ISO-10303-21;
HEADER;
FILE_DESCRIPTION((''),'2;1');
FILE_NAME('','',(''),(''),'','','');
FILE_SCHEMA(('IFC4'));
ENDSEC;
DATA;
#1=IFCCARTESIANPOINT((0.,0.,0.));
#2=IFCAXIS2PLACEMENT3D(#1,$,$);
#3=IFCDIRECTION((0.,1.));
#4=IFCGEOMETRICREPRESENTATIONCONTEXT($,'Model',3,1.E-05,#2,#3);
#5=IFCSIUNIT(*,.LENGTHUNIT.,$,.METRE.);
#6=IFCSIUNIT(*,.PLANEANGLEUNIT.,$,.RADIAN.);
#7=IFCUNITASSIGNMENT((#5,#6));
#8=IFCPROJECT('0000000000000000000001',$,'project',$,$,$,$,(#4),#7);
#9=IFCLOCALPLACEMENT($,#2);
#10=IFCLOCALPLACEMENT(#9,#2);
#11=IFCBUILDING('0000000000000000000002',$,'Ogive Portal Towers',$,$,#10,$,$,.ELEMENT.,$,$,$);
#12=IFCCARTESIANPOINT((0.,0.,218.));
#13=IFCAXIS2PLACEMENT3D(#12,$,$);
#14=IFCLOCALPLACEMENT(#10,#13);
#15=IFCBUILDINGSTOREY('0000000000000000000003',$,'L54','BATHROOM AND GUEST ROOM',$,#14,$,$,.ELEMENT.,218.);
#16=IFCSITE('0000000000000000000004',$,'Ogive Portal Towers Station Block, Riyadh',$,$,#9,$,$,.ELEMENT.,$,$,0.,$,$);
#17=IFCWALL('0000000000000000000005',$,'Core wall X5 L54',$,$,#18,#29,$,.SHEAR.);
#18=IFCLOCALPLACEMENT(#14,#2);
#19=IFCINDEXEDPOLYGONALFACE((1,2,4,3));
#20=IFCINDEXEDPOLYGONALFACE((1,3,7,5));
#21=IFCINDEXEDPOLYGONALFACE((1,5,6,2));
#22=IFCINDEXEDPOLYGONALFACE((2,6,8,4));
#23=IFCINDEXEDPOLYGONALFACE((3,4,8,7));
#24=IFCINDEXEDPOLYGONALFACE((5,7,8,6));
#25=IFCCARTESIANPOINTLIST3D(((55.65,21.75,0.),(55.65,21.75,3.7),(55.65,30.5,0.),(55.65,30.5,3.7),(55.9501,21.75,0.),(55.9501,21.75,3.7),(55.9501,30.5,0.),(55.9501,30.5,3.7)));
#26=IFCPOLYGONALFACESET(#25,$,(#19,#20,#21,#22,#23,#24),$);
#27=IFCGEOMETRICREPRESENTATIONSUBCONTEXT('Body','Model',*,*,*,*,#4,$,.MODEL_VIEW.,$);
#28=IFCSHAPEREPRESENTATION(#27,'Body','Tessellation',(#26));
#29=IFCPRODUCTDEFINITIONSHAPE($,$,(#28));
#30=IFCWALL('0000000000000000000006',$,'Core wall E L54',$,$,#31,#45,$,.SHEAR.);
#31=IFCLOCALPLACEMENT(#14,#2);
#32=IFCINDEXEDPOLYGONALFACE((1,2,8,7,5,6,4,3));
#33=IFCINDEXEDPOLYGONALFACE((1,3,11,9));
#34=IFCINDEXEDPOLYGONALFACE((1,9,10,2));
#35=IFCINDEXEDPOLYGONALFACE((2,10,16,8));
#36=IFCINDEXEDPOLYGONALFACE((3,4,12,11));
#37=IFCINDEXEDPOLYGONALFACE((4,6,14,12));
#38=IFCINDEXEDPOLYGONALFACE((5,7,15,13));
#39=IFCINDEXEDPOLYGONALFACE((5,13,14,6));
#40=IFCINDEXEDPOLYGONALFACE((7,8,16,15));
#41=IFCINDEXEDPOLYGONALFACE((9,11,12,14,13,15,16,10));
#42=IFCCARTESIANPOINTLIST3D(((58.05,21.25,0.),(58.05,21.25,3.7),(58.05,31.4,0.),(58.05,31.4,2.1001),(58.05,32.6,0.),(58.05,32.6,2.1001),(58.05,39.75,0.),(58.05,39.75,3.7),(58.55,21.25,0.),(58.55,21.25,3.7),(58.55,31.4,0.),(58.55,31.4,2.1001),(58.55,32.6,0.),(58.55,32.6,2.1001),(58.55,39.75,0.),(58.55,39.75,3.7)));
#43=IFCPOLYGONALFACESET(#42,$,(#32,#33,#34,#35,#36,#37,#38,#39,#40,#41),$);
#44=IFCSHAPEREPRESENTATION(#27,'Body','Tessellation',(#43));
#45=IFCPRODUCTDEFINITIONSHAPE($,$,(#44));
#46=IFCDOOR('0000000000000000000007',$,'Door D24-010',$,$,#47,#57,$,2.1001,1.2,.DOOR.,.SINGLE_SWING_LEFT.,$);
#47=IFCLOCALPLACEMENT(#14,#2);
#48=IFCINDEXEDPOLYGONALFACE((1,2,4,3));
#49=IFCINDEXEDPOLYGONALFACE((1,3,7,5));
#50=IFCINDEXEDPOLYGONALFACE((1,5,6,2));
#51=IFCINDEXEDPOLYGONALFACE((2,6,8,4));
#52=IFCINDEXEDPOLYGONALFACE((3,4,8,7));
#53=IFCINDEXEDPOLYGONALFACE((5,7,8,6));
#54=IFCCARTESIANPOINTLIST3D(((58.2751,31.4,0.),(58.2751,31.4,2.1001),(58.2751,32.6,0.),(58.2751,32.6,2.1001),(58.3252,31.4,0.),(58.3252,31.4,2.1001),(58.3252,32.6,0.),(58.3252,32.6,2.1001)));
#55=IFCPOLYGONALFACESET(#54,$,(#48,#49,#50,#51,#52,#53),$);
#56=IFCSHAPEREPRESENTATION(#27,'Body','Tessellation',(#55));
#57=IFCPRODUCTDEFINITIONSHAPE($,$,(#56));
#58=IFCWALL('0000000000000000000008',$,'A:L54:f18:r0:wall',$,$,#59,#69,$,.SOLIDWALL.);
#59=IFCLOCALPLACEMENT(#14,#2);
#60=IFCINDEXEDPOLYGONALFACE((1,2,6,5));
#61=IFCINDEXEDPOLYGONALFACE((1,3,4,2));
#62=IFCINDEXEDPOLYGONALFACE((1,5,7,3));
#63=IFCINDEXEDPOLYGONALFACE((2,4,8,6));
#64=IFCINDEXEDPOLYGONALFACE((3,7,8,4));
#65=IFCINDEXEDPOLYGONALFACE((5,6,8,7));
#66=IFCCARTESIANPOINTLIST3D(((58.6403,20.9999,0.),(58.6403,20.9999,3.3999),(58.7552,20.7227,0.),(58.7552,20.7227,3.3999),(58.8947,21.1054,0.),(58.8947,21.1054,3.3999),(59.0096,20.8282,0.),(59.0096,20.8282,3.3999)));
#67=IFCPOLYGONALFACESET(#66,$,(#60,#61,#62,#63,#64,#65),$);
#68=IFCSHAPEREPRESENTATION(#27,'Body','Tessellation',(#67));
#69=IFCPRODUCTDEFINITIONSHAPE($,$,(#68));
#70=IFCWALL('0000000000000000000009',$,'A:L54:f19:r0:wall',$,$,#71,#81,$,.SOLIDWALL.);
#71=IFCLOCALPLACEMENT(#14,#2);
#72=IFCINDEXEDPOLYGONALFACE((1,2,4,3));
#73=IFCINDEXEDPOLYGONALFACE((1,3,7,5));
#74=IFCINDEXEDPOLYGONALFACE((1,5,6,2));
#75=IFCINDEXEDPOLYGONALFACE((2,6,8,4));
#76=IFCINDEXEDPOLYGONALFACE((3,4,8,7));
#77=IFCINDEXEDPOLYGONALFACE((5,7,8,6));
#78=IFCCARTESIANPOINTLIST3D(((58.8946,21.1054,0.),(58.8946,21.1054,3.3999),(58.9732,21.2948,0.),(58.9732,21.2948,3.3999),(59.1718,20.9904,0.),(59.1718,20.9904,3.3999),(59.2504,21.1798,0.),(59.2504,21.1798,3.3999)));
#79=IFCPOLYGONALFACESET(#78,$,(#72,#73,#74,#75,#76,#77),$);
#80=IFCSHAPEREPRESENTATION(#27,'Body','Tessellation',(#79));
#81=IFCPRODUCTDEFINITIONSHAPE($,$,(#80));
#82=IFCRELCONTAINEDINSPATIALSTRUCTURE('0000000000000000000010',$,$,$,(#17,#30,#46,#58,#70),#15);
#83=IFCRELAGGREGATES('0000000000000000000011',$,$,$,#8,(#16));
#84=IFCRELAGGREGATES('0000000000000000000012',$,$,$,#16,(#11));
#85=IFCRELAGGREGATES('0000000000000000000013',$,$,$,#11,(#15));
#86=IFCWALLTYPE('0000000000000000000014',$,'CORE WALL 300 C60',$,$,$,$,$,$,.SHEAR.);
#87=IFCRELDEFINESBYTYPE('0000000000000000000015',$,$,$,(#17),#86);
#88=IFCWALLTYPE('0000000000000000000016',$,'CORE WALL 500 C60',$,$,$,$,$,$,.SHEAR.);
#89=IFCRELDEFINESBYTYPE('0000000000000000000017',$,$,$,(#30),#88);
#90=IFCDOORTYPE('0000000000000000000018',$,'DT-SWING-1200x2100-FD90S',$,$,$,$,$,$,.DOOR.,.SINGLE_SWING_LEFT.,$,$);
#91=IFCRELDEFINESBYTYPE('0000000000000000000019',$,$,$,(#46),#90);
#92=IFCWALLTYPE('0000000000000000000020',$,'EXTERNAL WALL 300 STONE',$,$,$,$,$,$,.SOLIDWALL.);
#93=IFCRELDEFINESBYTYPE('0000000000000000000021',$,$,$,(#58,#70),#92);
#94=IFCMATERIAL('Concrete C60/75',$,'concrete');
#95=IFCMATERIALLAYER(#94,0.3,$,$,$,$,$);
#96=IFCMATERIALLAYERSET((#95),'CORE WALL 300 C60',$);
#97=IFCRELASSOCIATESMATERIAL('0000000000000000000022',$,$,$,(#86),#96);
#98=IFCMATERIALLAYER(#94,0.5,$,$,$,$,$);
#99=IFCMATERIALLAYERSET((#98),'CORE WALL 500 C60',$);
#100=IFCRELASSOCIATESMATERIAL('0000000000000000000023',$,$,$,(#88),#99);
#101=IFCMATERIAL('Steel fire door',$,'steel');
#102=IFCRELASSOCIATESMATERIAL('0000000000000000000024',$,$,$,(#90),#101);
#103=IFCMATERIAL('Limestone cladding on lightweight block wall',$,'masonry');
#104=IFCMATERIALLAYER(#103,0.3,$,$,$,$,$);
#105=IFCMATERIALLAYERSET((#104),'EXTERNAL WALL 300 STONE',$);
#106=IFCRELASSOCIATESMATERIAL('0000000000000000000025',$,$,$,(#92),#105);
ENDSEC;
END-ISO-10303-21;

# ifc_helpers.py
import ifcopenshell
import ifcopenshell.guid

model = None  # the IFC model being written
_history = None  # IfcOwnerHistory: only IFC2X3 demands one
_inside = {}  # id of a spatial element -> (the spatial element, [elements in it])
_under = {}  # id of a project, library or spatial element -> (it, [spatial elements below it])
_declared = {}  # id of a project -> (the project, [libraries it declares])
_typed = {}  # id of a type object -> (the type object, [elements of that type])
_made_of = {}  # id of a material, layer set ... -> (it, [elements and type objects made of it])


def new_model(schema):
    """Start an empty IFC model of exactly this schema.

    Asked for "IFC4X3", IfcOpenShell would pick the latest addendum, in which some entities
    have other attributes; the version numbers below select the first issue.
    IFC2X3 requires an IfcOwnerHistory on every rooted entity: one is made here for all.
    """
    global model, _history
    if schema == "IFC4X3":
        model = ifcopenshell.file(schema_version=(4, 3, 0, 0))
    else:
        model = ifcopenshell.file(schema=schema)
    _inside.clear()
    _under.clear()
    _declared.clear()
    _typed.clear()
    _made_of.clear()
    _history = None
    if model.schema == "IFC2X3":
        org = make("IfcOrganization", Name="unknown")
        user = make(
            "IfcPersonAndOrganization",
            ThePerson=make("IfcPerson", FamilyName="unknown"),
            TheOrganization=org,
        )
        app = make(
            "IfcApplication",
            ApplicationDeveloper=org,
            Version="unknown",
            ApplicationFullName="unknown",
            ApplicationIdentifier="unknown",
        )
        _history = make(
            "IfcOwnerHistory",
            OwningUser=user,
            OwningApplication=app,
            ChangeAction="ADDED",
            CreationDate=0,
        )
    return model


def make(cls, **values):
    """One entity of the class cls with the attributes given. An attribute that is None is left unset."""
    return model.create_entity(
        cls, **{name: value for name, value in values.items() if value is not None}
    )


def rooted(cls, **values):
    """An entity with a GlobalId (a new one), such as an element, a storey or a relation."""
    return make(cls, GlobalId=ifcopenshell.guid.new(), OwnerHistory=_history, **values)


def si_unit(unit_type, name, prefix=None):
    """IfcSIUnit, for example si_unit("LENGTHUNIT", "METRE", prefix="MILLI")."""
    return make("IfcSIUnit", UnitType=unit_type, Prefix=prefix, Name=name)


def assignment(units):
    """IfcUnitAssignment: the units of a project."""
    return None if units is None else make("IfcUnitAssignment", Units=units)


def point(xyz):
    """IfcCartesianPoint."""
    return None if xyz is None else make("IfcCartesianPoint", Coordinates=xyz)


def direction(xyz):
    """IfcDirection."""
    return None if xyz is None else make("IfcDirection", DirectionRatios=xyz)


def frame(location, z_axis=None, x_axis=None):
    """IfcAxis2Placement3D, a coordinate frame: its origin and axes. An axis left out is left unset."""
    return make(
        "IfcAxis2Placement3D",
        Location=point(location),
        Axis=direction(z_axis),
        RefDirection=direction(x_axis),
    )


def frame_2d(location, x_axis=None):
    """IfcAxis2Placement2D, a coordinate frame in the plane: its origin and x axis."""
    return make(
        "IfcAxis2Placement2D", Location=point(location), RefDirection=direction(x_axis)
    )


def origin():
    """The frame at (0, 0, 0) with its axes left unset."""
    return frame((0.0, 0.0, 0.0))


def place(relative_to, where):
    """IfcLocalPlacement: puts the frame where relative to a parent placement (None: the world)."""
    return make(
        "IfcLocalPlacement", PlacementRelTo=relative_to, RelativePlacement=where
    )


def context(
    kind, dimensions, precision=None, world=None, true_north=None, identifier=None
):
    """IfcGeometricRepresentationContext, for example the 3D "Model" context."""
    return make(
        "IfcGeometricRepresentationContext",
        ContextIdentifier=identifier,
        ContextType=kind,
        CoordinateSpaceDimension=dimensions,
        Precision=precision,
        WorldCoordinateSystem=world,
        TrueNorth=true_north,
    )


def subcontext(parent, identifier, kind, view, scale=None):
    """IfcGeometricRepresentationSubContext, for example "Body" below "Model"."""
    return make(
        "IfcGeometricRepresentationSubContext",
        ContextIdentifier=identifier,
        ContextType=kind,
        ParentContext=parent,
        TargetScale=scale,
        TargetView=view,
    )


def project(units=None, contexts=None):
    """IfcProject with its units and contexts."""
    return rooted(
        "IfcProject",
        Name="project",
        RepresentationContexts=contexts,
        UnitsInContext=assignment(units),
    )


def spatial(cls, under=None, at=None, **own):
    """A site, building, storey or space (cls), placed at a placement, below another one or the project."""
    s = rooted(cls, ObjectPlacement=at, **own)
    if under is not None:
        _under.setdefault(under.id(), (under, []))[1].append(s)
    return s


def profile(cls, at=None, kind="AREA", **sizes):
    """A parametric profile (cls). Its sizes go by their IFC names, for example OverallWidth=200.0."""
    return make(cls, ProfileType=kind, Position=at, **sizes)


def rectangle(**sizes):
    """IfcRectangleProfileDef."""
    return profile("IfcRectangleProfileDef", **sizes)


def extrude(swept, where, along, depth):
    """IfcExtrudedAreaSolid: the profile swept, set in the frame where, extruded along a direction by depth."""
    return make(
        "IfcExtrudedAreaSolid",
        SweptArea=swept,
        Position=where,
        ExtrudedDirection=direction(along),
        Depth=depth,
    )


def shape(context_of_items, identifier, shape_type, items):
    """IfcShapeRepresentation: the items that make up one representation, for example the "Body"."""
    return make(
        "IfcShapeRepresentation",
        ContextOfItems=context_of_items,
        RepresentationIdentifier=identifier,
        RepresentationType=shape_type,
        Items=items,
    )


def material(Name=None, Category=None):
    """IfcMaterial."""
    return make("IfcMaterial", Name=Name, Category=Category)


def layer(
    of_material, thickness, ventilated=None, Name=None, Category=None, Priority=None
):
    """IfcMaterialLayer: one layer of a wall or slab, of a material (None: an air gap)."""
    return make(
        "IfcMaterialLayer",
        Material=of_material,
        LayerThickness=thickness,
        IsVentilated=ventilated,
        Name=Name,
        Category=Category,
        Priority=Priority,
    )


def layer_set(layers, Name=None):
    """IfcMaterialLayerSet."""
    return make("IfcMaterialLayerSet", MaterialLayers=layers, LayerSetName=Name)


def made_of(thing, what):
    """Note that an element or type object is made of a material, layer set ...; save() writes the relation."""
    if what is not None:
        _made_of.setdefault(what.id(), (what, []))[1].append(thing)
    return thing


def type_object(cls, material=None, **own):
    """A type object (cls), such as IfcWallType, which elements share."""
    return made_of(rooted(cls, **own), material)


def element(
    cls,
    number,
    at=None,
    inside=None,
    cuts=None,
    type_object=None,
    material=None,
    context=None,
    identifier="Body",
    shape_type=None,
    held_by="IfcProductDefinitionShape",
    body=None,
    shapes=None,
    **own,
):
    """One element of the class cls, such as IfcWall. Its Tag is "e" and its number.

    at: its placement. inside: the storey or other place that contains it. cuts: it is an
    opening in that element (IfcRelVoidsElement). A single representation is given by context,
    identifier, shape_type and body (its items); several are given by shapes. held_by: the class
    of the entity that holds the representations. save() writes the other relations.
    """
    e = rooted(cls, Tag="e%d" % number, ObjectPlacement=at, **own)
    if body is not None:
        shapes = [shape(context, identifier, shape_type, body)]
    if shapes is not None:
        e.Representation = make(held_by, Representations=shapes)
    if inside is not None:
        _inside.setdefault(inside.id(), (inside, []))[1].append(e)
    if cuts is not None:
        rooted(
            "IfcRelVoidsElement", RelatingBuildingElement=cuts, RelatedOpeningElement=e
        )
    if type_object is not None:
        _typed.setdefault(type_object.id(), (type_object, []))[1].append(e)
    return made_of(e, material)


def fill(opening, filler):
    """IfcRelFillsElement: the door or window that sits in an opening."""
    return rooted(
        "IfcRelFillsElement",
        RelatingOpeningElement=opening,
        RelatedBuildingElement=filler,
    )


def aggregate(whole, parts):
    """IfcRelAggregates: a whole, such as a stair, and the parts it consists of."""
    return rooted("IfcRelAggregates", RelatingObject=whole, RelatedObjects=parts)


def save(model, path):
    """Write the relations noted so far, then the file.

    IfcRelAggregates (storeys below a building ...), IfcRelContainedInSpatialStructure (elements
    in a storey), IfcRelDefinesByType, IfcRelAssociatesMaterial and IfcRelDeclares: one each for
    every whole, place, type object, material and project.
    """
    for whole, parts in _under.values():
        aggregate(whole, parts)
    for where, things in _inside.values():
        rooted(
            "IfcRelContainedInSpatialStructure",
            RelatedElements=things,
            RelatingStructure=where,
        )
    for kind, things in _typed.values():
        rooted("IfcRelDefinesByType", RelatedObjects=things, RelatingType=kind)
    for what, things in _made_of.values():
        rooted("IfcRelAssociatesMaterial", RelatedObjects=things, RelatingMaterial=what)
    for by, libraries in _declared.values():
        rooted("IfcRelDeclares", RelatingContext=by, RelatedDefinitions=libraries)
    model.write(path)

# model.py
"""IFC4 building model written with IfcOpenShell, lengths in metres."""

from ifc_helpers import new_model, si_unit, direction, frame, frame_2d, origin, place, context, subcontext, project, spatial, rectangle, extrude, material, layer, layer_set, type_object, element, fill, save


model = new_model("IFC4")

# Units and contexts
model_context = context("Model", 3, precision=1e-05, world=origin(), true_north=direction((0.0, 1.0)))
body_context = subcontext(model_context, "Body", "Model", "MODEL_VIEW")
ifc_project = project(units=[si_unit("LENGTHUNIT", "METRE"), si_unit("PLANEANGLEUNIT", "RADIAN")], contexts=[model_context])

# Site, building, storey
site_placement = place(None, origin())
site = spatial("IfcSite", under=ifc_project, at=site_placement, Name="Ogive Portal Towers Station Block, Riyadh", CompositionType="ELEMENT", RefElevation=0.0)
building_placement = place(site_placement, origin())
building = spatial("IfcBuilding", under=site, at=building_placement, Name="Ogive Portal Towers", CompositionType="ELEMENT")
storey_placement = place(building_placement, frame((0.0, 0.0, 218.0)))
storey = spatial("IfcBuildingStorey", under=building, at=storey_placement, Name="L54", Description="BATHROOM AND GUEST ROOM", CompositionType="ELEMENT", Elevation=218.0)

# Wall
ifc_material_1 = material(Name="Concrete C60/75", Category="concrete")
ifc_layer_1 = layer(ifc_material_1, 0.3)
ifc_layer_set_1 = layer_set([ifc_layer_1], Name="CORE WALL 300 C60")
wall_type_1 = type_object("IfcWallType", Name="CORE WALL 300 C60", PredefinedType="SHEAR", material=ifc_layer_set_1)
wall_1_placement = place(storey_placement, frame((55.8, 21.75, 0.0), z_axis=(0.0, 0.0, 1.0), x_axis=(0.0, 1.0, 0.0)))
element("IfcWall", 1, at=wall_1_placement, inside=storey, type_object=wall_type_1, Name="Core wall X5 L54", PredefinedType="SHEAR", context=body_context, shape_type="SweptSolid", body=[
    extrude(rectangle(XDim=8.75, YDim=0.3, at=frame_2d((4.375, 0.0))), origin(), (0.0, 0.0, 1.0), 3.7),
])

# Wall, opening, door
ifc_layer_2 = layer(ifc_material_1, 0.5)
ifc_layer_set_2 = layer_set([ifc_layer_2], Name="CORE WALL 500 C60")
wall_type_2 = type_object("IfcWallType", Name="CORE WALL 500 C60", PredefinedType="SHEAR", material=ifc_layer_set_2)
wall_2_placement = place(storey_placement, frame((58.3, 21.25, 0.0), z_axis=(0.0, 0.0, 1.0), x_axis=(0.0, 1.0, 0.0)))
wall_2 = element("IfcWall", 2, at=wall_2_placement, inside=storey, type_object=wall_type_2, Name="Core wall E L54", PredefinedType="SHEAR", context=body_context, shape_type="SweptSolid", body=[
    extrude(rectangle(XDim=18.5, YDim=0.5, at=frame_2d((9.25, 0.0))), origin(), (0.0, 0.0, 1.0), 3.7),
])
opening_1_placement = place(wall_2_placement, frame((10.1499, 0.0, 0.0)))
opening_1 = element("IfcOpeningElement", 3, at=opening_1_placement, cuts=wall_2, PredefinedType="OPENING", context=body_context, shape_type="SweptSolid", body=[
    extrude(rectangle(XDim=1.2, YDim=2.1001, at=frame_2d((0.6001, 1.05))), frame((0.0, 0.26, 0.0), z_axis=(0.0, -1.0, 0.0), x_axis=(1.0, 0.0, 0.0)), (0.0, 0.0, 1.0), 0.52),
])
ifc_material_2 = material(Name="Steel fire door", Category="steel")
door_type_1 = type_object("IfcDoorType", Name="DT-SWING-1200x2100-FD90S", OperationType="SINGLE_SWING_LEFT", PredefinedType="DOOR", material=ifc_material_2)
door_1_placement = place(opening_1_placement, origin())
door_1 = element("IfcDoor", 4, at=door_1_placement, inside=storey, type_object=door_type_1, Name="Door D24-010", OperationType="SINGLE_SWING_LEFT", OverallHeight=2.1001, OverallWidth=1.2, PredefinedType="DOOR", context=body_context, shape_type="SweptSolid", body=[
    extrude(rectangle(XDim=1.2, YDim=2.1001, at=frame_2d((0.6001, 1.05))), frame((0.0, 0.0249, 0.0), z_axis=(0.0, -1.0, 0.0), x_axis=(1.0, 0.0, 0.0)), (0.0, 0.0, 1.0), 0.05),
])
fill(opening_1, door_1)

# Walls
ifc_material_3 = material(Name="Limestone cladding on lightweight block wall", Category="masonry")
ifc_layer_3 = layer(ifc_material_3, 0.3)
ifc_layer_set_3 = layer_set([ifc_layer_3], Name="EXTERNAL WALL 300 STONE")
wall_type_3 = type_object("IfcWallType", Name="EXTERNAL WALL 300 STONE", PredefinedType="SOLIDWALL", material=ifc_layer_set_3)
wall_3_placement = place(storey_placement, frame((58.6978, 20.8613, 0.0), z_axis=(0.0, 0.0, 1.0), x_axis=(0.923757, 0.382978, 0.0)))
element("IfcWall", 5, at=wall_3_placement, inside=storey, type_object=wall_type_3, Name="A:L54:f18:r0:wall", PredefinedType="SOLIDWALL", context=body_context, shape_type="SweptSolid", body=[
    extrude(rectangle(XDim=0.2754, YDim=0.3, at=frame_2d((0.1377, 0.0))), origin(), (0.0, 0.0, 1.0), 3.3999),
])
wall_4_placement = place(storey_placement, frame((59.0332, 21.0479, 0.0), z_axis=(0.0, 0.0, 1.0), x_axis=(0.383263, 0.923639, 0.0)))
element("IfcWall", 6, at=wall_4_placement, inside=storey, type_object=wall_type_3, Name="A:L54:f19:r0:wall", PredefinedType="SOLIDWALL", context=body_context, shape_type="SweptSolid", body=[
    extrude(rectangle(XDim=0.2051, YDim=0.3, at=frame_2d((0.1025, 0.0))), origin(), (0.0, 0.0, 1.0), 3.3999),
])

save(model, "model.ifc")
